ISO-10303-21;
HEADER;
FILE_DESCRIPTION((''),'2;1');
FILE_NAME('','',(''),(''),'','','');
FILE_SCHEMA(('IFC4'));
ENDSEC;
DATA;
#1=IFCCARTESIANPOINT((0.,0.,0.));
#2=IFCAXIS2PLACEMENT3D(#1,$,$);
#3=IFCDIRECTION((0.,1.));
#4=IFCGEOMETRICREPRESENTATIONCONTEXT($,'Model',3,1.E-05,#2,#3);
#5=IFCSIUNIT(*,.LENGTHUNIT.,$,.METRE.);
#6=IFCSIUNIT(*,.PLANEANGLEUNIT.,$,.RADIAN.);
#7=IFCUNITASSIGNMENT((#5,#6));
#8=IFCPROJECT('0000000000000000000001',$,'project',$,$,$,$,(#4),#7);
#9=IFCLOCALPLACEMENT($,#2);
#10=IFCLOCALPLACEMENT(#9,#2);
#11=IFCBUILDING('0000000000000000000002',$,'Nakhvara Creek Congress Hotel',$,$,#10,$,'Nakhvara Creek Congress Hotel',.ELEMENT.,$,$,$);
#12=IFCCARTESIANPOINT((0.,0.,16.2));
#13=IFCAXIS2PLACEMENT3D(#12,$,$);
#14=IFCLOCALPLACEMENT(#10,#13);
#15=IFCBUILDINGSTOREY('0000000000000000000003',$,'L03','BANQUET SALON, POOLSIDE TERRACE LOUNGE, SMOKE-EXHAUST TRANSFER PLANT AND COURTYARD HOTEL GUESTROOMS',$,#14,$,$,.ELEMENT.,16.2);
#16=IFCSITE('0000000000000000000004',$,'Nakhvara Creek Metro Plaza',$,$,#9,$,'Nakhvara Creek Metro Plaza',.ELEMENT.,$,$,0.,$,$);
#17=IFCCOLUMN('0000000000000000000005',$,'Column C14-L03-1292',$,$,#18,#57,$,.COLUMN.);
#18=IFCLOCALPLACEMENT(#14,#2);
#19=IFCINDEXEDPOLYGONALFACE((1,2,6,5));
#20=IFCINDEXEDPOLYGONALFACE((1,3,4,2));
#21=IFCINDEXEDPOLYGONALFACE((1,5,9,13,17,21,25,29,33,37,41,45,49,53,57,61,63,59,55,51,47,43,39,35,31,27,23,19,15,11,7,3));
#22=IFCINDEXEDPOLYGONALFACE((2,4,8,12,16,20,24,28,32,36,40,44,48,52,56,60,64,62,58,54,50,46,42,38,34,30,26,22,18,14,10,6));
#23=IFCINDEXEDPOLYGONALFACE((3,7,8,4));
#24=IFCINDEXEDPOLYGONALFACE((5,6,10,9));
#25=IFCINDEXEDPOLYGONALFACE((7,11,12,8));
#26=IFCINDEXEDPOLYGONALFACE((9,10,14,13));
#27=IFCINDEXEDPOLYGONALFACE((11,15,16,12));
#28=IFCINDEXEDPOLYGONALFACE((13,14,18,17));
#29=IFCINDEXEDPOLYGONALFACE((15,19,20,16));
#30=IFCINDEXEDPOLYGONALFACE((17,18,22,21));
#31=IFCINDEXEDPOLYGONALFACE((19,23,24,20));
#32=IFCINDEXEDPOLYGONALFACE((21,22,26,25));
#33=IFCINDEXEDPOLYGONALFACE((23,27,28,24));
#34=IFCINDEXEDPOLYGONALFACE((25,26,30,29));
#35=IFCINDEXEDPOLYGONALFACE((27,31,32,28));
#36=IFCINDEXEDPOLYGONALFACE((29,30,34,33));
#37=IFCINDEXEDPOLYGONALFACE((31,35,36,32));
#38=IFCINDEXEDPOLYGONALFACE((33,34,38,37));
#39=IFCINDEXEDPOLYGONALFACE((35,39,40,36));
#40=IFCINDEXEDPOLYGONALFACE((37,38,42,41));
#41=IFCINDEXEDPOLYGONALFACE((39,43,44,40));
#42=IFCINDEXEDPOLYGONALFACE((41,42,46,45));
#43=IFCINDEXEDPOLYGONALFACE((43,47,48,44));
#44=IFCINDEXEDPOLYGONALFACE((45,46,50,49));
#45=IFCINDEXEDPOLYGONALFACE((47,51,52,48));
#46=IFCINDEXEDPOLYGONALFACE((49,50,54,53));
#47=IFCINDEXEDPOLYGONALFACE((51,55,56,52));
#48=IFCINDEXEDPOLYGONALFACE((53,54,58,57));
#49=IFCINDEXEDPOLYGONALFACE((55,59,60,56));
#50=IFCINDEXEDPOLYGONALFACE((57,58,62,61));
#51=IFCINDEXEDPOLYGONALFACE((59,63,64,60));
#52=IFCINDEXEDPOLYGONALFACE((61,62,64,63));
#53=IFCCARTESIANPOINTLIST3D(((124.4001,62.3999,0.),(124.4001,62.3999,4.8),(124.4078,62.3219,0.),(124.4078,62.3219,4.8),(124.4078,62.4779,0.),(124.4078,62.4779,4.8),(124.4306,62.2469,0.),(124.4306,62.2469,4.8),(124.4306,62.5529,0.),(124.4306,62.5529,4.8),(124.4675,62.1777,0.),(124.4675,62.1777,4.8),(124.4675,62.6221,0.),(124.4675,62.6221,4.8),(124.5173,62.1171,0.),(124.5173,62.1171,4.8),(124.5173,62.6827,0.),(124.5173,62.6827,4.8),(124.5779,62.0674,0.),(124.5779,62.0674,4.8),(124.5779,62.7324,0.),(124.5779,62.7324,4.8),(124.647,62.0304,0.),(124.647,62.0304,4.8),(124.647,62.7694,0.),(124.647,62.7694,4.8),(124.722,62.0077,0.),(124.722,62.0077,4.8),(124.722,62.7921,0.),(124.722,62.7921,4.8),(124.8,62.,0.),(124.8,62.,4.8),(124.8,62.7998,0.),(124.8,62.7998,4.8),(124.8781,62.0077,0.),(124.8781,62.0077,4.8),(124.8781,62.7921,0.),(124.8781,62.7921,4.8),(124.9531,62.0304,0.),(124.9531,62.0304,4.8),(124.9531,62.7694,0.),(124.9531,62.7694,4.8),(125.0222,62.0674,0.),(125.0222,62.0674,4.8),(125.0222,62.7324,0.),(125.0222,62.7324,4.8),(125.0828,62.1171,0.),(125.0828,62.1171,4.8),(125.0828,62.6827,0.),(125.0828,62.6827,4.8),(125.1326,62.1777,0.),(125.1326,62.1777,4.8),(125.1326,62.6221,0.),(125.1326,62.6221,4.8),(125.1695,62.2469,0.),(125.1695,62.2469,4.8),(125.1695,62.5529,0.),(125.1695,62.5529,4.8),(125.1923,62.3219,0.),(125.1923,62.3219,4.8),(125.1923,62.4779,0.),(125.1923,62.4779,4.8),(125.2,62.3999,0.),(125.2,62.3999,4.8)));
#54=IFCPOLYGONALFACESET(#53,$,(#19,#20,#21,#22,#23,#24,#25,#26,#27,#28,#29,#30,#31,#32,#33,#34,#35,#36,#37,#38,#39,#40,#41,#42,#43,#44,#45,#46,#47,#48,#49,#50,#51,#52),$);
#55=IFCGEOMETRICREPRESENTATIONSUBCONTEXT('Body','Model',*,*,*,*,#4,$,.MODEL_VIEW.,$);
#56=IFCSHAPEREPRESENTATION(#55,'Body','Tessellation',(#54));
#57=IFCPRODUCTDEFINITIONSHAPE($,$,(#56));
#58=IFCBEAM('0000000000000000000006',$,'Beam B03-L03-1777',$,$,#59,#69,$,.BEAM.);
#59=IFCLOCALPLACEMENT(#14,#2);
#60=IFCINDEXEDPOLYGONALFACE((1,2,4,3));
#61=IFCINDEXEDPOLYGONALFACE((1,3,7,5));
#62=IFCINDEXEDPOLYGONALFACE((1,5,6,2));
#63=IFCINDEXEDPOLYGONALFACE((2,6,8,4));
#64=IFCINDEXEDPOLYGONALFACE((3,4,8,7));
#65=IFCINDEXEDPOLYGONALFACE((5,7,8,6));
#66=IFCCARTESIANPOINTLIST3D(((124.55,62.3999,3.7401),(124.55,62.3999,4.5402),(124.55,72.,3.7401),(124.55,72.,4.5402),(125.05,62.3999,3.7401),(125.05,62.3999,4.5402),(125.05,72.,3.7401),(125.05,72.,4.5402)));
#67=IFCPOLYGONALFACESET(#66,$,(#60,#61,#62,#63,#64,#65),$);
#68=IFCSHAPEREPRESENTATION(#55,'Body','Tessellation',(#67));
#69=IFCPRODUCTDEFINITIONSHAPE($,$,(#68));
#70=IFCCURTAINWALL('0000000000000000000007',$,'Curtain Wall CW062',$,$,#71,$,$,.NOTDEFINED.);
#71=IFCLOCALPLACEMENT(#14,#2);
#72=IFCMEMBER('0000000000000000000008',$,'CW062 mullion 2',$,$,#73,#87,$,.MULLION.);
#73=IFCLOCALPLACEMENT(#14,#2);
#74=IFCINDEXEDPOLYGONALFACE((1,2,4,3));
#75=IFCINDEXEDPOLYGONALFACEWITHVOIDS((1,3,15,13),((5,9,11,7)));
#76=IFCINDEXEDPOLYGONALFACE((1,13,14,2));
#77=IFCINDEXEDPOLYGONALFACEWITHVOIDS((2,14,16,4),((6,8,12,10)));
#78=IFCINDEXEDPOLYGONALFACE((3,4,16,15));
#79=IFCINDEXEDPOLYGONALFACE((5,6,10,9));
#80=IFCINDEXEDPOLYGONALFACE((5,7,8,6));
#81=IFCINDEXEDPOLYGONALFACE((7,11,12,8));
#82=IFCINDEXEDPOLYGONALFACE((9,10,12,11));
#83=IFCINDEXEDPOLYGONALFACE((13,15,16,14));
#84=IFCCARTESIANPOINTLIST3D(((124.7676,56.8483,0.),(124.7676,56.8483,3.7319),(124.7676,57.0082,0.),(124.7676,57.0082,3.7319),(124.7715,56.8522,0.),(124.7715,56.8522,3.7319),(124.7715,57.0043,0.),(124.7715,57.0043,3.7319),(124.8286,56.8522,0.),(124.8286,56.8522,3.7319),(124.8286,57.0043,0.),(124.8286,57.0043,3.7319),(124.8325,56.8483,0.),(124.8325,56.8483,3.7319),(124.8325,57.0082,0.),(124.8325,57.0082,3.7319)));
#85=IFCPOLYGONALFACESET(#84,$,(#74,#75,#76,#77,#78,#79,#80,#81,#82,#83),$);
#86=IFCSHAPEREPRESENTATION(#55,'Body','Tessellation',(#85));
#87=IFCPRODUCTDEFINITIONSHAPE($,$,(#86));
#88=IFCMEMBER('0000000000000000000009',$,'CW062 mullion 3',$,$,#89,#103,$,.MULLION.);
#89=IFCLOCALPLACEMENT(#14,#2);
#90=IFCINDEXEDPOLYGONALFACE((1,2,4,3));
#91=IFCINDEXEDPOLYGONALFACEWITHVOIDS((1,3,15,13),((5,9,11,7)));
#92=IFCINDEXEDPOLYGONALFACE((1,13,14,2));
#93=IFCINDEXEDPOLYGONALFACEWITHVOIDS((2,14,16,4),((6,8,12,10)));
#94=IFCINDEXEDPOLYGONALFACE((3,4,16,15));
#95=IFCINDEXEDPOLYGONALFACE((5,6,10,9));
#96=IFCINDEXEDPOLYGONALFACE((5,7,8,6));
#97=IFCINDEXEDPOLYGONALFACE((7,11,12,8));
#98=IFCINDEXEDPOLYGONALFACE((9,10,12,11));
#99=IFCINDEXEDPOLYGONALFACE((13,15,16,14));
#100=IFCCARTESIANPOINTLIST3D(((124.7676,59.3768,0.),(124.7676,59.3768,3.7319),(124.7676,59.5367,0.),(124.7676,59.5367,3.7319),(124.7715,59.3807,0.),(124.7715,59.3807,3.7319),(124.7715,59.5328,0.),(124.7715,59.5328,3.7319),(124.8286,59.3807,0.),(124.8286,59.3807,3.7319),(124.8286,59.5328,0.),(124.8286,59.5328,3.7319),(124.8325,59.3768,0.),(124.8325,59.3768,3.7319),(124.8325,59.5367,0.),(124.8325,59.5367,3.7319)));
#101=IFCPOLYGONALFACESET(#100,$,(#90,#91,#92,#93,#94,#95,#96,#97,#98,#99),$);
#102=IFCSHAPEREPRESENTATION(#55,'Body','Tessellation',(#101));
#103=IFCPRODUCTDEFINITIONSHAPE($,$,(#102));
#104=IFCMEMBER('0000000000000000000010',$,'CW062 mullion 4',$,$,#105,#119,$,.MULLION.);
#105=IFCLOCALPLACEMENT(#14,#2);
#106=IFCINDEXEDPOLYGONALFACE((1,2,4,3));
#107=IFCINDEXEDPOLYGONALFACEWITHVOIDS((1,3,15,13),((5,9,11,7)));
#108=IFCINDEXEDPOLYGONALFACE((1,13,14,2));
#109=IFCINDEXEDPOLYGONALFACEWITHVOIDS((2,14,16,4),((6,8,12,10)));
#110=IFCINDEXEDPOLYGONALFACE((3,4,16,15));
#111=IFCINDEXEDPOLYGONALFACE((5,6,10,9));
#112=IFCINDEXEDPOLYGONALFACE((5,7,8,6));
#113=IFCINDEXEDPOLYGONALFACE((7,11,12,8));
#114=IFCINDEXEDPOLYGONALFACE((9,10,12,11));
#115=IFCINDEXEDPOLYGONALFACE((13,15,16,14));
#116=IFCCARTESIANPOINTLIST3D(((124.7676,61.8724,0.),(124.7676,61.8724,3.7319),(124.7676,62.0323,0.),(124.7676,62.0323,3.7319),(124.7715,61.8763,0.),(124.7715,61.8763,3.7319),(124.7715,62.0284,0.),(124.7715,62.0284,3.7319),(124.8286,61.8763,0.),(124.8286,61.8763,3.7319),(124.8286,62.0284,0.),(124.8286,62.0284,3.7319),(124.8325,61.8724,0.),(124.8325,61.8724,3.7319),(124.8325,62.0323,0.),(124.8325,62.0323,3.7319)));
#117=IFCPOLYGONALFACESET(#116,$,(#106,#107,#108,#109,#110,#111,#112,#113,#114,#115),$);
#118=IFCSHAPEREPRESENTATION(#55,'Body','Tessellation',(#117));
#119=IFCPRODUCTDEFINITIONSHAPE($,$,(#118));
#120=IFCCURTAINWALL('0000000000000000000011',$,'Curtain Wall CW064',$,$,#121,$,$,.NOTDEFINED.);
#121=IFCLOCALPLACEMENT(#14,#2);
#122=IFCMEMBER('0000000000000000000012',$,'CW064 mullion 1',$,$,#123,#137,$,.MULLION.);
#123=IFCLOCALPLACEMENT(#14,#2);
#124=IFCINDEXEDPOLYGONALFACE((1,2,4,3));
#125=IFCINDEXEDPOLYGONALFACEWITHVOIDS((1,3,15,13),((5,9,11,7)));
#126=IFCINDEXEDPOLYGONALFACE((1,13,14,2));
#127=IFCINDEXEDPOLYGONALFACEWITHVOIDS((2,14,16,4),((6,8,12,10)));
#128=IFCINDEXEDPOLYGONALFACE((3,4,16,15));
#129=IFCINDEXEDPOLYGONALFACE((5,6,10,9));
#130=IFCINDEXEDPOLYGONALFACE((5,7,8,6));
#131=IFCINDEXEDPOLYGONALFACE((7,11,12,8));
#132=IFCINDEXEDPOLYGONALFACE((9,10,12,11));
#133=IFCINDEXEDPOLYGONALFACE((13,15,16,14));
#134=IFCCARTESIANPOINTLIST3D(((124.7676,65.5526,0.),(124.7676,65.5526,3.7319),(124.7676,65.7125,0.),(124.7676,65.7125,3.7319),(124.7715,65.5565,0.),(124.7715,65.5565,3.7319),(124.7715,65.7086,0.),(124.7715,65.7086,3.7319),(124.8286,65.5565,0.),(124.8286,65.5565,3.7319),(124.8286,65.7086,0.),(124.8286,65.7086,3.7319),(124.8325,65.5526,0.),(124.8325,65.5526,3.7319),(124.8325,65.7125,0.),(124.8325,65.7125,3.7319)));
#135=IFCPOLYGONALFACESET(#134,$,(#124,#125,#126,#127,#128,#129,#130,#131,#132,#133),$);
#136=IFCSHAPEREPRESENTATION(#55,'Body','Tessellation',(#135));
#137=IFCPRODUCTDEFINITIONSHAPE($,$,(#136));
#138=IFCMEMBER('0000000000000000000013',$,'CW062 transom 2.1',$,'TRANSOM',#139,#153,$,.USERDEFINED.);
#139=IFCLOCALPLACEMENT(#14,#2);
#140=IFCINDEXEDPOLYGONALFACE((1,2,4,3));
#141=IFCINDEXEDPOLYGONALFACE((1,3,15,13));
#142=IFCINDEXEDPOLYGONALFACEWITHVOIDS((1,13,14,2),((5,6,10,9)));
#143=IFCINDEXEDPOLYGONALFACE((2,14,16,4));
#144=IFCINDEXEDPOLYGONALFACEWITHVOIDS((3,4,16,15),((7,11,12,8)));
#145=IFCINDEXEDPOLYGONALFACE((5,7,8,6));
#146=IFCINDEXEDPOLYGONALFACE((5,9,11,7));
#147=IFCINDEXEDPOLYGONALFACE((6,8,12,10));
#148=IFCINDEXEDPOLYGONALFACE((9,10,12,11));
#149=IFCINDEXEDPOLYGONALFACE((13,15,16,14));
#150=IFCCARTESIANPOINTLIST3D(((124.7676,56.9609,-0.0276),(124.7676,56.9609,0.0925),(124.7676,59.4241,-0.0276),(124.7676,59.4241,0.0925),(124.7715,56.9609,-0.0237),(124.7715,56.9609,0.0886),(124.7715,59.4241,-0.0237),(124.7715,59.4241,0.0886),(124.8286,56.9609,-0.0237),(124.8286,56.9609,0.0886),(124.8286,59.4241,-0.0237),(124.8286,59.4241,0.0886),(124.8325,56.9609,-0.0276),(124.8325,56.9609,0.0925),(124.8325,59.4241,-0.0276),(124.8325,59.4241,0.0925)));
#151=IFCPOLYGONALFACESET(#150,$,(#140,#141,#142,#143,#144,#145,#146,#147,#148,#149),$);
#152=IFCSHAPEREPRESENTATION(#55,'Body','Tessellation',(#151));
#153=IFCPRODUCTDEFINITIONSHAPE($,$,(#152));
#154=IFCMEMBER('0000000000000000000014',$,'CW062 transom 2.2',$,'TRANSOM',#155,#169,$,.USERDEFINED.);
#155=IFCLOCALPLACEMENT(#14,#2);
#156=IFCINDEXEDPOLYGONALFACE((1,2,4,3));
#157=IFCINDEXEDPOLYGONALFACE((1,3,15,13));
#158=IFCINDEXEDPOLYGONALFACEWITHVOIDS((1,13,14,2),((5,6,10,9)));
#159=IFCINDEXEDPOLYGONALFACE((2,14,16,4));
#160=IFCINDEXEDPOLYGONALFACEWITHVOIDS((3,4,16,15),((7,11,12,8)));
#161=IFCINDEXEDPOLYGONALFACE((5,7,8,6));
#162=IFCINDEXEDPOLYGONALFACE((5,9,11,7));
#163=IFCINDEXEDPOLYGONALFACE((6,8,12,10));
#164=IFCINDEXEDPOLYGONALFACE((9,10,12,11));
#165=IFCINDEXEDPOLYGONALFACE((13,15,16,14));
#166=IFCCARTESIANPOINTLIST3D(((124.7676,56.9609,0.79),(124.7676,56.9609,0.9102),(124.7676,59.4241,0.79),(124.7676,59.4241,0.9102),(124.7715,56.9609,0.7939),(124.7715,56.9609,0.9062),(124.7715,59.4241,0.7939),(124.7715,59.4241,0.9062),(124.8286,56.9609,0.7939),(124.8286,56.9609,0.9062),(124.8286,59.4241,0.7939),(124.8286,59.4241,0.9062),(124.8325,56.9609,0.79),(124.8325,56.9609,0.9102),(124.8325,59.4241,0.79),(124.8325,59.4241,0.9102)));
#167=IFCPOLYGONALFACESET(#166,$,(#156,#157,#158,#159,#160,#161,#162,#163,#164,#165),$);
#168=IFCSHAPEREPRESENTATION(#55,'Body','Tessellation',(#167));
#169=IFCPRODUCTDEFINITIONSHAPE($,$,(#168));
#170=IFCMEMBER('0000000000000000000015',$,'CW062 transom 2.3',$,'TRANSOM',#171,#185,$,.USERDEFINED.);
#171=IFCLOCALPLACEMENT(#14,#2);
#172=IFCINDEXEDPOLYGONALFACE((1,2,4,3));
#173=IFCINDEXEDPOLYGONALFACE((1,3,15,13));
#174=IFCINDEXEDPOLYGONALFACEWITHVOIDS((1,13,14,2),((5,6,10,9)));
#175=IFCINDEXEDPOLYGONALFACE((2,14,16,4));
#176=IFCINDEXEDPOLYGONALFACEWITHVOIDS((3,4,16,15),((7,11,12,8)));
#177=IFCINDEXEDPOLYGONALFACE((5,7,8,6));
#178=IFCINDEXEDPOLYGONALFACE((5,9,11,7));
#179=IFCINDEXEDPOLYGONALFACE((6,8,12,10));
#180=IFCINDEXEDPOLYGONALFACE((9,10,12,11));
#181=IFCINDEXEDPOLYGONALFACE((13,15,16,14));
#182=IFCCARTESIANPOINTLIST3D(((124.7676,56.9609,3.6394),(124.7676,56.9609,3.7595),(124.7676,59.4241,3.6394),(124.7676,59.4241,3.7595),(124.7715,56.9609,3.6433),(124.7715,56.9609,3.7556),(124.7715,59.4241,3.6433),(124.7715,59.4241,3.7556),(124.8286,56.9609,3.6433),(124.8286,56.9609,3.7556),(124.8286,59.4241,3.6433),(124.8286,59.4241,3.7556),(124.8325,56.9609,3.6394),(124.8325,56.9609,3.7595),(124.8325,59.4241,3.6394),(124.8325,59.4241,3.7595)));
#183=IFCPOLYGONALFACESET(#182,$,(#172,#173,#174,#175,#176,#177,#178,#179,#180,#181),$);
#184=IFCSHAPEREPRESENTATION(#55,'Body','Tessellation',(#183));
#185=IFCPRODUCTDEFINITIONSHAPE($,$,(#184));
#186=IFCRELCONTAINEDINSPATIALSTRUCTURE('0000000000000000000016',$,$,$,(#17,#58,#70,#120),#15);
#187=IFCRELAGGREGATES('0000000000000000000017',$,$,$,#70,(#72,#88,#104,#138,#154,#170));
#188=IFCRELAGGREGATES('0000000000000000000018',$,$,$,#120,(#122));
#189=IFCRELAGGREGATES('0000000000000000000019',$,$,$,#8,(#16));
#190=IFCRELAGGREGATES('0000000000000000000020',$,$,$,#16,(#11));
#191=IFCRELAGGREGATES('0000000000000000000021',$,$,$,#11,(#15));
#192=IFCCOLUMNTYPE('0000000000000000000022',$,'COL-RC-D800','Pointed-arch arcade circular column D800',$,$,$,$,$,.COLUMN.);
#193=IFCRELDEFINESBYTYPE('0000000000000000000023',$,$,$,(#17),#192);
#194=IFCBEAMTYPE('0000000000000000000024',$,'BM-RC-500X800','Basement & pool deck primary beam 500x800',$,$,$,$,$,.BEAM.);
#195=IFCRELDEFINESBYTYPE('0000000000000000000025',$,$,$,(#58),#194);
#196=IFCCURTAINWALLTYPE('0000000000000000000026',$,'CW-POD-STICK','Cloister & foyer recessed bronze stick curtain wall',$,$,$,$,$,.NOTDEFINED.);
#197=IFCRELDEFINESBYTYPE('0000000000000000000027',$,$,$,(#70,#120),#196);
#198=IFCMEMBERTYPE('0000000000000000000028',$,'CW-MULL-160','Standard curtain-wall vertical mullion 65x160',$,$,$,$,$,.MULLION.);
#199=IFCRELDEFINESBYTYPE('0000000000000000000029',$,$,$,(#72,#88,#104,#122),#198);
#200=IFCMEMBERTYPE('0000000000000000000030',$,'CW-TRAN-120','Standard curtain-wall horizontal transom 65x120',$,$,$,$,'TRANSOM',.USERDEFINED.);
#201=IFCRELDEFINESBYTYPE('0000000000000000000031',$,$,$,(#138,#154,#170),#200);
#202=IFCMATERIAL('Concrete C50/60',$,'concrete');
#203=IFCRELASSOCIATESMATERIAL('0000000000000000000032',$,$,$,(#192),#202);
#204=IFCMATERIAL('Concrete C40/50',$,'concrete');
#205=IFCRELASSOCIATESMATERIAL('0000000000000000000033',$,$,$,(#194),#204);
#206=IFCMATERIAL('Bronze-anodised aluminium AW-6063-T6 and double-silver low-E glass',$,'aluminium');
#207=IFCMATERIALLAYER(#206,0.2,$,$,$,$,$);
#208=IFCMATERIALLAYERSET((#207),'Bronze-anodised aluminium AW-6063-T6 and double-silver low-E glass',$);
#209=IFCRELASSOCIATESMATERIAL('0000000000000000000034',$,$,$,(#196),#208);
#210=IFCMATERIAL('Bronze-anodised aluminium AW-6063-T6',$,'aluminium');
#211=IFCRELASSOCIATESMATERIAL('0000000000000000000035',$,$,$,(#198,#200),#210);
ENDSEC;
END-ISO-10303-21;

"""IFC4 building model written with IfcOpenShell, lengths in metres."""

from ifc_helpers import new_model, si_unit, direction, frame, origin, origin_2d, place, context, subcontext, project, spatial, rectangle, hollow_rectangle, circle, extrude, material, layer, layer_set, material_profile, profile_set, type_object, element, aggregate, save


model = new_model("IFC4")

# Units and contexts
model_context = context("Model", 3, precision=1e-05, world=origin(), true_north=direction((0.0, 1.0)))
body_context = subcontext(model_context, "Body", "Model", "MODEL_VIEW")
ifc_project = project(units=[si_unit("LENGTHUNIT", "METRE"), si_unit("PLANEANGLEUNIT", "RADIAN")], contexts=[model_context])

# Site, building, storey
site_placement = place(None, origin())
site = spatial("IfcSite", under=ifc_project, at=site_placement, Name="Nakhvara Creek Metro Plaza", LongName="Nakhvara Creek Metro Plaza", CompositionType="ELEMENT", RefElevation=0.0)
building_placement = place(site_placement, origin())
building = spatial("IfcBuilding", under=site, at=building_placement, Name="Nakhvara Creek Congress Hotel", LongName="Nakhvara Creek Congress Hotel", CompositionType="ELEMENT")
storey_placement = place(building_placement, frame((0.0, 0.0, 16.2)))
storey = spatial("IfcBuildingStorey", under=building, at=storey_placement, Name="L03", Description="BANQUET SALON, POOLSIDE TERRACE LOUNGE, SMOKE-EXHAUST TRANSFER PLANT AND COURTYARD HOTEL GUESTROOMS", CompositionType="ELEMENT", Elevation=16.2)

# Column
ifc_material_1 = material(Name="Concrete C50/60", Category="concrete")
ifc_material_profile_1 = material_profile(ifc_material_1, circle(Radius=0.3999, at=origin_2d()), Name="RC-COL D800", Category="LoadBearing")
ifc_profile_set_1 = profile_set([ifc_material_profile_1], Name="Concrete C50/60")
column_type = type_object("IfcColumnType", Name="COL-RC-D800", Description="Pointed-arch arcade circular column D800", PredefinedType="COLUMN", material=ifc_profile_set_1)
column_placement = place(storey_placement, frame((124.8, 62.3999, 0.0), z_axis=(0.0, 0.0, 1.0), x_axis=(1.0, 0.0, 0.0)))
element("IfcColumn", 1, at=column_placement, inside=storey, type_object=column_type, Name="Column C14-L03-1292", PredefinedType="COLUMN", context=body_context, shape_type="SweptSolid", body=[
    extrude(circle(Radius=0.3999, at=origin_2d()), origin(), (0.0, 0.0, 1.0), 4.8),
])

# Beam
ifc_material_2 = material(Name="Concrete C40/50", Category="concrete")
ifc_material_profile_2 = material_profile(ifc_material_2, rectangle(XDim=0.5, YDim=0.8, at=origin_2d()), Name="RC-BM 500x800", Category="LoadBearing")
ifc_profile_set_2 = profile_set([ifc_material_profile_2], Name="Concrete C40/50")
beam_type = type_object("IfcBeamType", Name="BM-RC-500X800", Description="Basement & pool deck primary beam 500x800", PredefinedType="BEAM", material=ifc_profile_set_2)
beam_placement = place(storey_placement, frame((124.8, 62.3999, 4.1401), z_axis=(0.0, 1.0, 0.0), x_axis=(-1.0, 0.0, 0.0)))
element("IfcBeam", 2, at=beam_placement, inside=storey, type_object=beam_type, Name="Beam B03-L03-1777", PredefinedType="BEAM", context=body_context, shape_type="SweptSolid", body=[
    extrude(rectangle(XDim=0.5, YDim=0.8, at=origin_2d()), origin(), (0.0, 0.0, 1.0), 9.6001),
])

# Curtain wall, members
ifc_material_3 = material(Name="Bronze-anodised aluminium AW-6063-T6 and double-silver low-E glass", Category="aluminium")
ifc_layer = layer(ifc_material_3, 0.2)
ifc_layer_set = layer_set([ifc_layer], Name="Bronze-anodised aluminium AW-6063-T6 and double-silver low-E glass")
curtain_wall_type = type_object("IfcCurtainWallType", Name="CW-POD-STICK", Description="Cloister & foyer recessed bronze stick curtain wall", PredefinedType="NOTDEFINED", material=ifc_layer_set)
curtain_wall_1_placement = place(storey_placement, origin())
curtain_wall_1 = element("IfcCurtainWall", 3, at=curtain_wall_1_placement, inside=storey, type_object=curtain_wall_type, Name="Curtain Wall CW062", PredefinedType="NOTDEFINED")
ifc_material_4 = material(Name="Bronze-anodised aluminium AW-6063-T6", Category="aluminium")
ifc_material_profile_3 = material_profile(ifc_material_4, hollow_rectangle(XDim=0.0649, YDim=0.1599, WallThickness=0.0039, at=origin_2d()), Name="ALU-MULL 65x160x4", Category="LoadBearing")
ifc_profile_set_3 = profile_set([ifc_material_profile_3], Name="Bronze-anodised aluminium AW-6063-T6")
member_type_1 = type_object("IfcMemberType", Name="CW-MULL-160", Description="Standard curtain-wall vertical mullion 65x160", PredefinedType="MULLION", material=ifc_profile_set_3)
member_1_placement = place(storey_placement, frame((124.8, 56.9282, 0.0), z_axis=(0.0, 0.0, 1.0), x_axis=(-1.0, 0.0, 0.0)))
member_1 = element("IfcMember", 4, at=member_1_placement, type_object=member_type_1, Name="CW062 mullion 2", PredefinedType="MULLION", context=body_context, shape_type="SweptSolid", body=[
    extrude(hollow_rectangle(XDim=0.0649, YDim=0.1599, WallThickness=0.0039, at=origin_2d()), origin(), (0.0, 0.0, 1.0), 3.7319),
])
member_2_placement = place(storey_placement, frame((124.8, 59.4568, 0.0), z_axis=(0.0, 0.0, 1.0), x_axis=(-1.0, 0.0, 0.0)))
member_2 = element("IfcMember", 5, at=member_2_placement, type_object=member_type_1, Name="CW062 mullion 3", PredefinedType="MULLION", context=body_context, shape_type="SweptSolid", body=[
    extrude(hollow_rectangle(XDim=0.0649, YDim=0.1599, WallThickness=0.0039, at=origin_2d()), origin(), (0.0, 0.0, 1.0), 3.7319),
])
member_3_placement = place(storey_placement, frame((124.8, 61.9524, 0.0), z_axis=(0.0, 0.0, 1.0), x_axis=(-1.0, 0.0, 0.0)))
member_3 = element("IfcMember", 6, at=member_3_placement, type_object=member_type_1, Name="CW062 mullion 4", PredefinedType="MULLION", context=body_context, shape_type="SweptSolid", body=[
    extrude(hollow_rectangle(XDim=0.0649, YDim=0.1599, WallThickness=0.0039, at=origin_2d()), origin(), (0.0, 0.0, 1.0), 3.7319),
])

# Curtain wall, member
curtain_wall_2_placement = place(storey_placement, origin())
curtain_wall_2 = element("IfcCurtainWall", 7, at=curtain_wall_2_placement, inside=storey, type_object=curtain_wall_type, Name="Curtain Wall CW064", PredefinedType="NOTDEFINED")
member_4_placement = place(storey_placement, frame((124.8, 65.6326, 0.0), z_axis=(0.0, 0.0, 1.0), x_axis=(-1.0, 0.0, 0.0)))
member_4 = element("IfcMember", 8, at=member_4_placement, type_object=member_type_1, Name="CW064 mullion 1", PredefinedType="MULLION", context=body_context, shape_type="SweptSolid", body=[
    extrude(hollow_rectangle(XDim=0.0649, YDim=0.1599, WallThickness=0.0039, at=origin_2d()), origin(), (0.0, 0.0, 1.0), 3.7319),
])

# Members
ifc_material_profile_4 = material_profile(ifc_material_4, hollow_rectangle(XDim=0.0649, YDim=0.1201, WallThickness=0.0039, at=origin_2d()), Name="ALU-TRAN 65x120x4", Category="LoadBearing")
ifc_profile_set_4 = profile_set([ifc_material_profile_4], Name="Bronze-anodised aluminium AW-6063-T6")
member_type_2 = type_object("IfcMemberType", Name="CW-TRAN-120", Description="Standard curtain-wall horizontal transom 65x120", ElementType="TRANSOM", PredefinedType="USERDEFINED", material=ifc_profile_set_4)
member_5_placement = place(storey_placement, frame((124.8, 56.9609, 0.0325), z_axis=(0.0, 1.0, 0.0), x_axis=(-1.0, 0.0, 0.0)))
member_5 = element("IfcMember", 9, at=member_5_placement, type_object=member_type_2, Name="CW062 transom 2.1", ObjectType="TRANSOM", PredefinedType="USERDEFINED", context=body_context, shape_type="SweptSolid", body=[
    extrude(hollow_rectangle(XDim=0.0649, YDim=0.1201, WallThickness=0.0039, at=origin_2d()), origin(), (0.0, 0.0, 1.0), 2.4631),
])
member_6_placement = place(storey_placement, frame((124.8, 56.9609, 0.8501), z_axis=(0.0, 1.0, 0.0), x_axis=(-1.0, 0.0, 0.0)))
member_6 = element("IfcMember", 10, at=member_6_placement, type_object=member_type_2, Name="CW062 transom 2.2", ObjectType="TRANSOM", PredefinedType="USERDEFINED", context=body_context, shape_type="SweptSolid", body=[
    extrude(hollow_rectangle(XDim=0.0649, YDim=0.1201, WallThickness=0.0039, at=origin_2d()), origin(), (0.0, 0.0, 1.0), 2.4631),
])
member_7_placement = place(storey_placement, frame((124.8, 56.9609, 3.6995), z_axis=(0.0, 1.0, 0.0), x_axis=(-1.0, 0.0, 0.0)))
member_7 = element("IfcMember", 11, at=member_7_placement, type_object=member_type_2, Name="CW062 transom 2.3", ObjectType="TRANSOM", PredefinedType="USERDEFINED", context=body_context, shape_type="SweptSolid", body=[
    extrude(hollow_rectangle(XDim=0.0649, YDim=0.1201, WallThickness=0.0039, at=origin_2d()), origin(), (0.0, 0.0, 1.0), 2.4631),
])

aggregate(curtain_wall_1, [member_1, member_2, member_3, member_5, member_6, member_7])
aggregate(curtain_wall_2, [member_4])

save(model, "model.ifc")
